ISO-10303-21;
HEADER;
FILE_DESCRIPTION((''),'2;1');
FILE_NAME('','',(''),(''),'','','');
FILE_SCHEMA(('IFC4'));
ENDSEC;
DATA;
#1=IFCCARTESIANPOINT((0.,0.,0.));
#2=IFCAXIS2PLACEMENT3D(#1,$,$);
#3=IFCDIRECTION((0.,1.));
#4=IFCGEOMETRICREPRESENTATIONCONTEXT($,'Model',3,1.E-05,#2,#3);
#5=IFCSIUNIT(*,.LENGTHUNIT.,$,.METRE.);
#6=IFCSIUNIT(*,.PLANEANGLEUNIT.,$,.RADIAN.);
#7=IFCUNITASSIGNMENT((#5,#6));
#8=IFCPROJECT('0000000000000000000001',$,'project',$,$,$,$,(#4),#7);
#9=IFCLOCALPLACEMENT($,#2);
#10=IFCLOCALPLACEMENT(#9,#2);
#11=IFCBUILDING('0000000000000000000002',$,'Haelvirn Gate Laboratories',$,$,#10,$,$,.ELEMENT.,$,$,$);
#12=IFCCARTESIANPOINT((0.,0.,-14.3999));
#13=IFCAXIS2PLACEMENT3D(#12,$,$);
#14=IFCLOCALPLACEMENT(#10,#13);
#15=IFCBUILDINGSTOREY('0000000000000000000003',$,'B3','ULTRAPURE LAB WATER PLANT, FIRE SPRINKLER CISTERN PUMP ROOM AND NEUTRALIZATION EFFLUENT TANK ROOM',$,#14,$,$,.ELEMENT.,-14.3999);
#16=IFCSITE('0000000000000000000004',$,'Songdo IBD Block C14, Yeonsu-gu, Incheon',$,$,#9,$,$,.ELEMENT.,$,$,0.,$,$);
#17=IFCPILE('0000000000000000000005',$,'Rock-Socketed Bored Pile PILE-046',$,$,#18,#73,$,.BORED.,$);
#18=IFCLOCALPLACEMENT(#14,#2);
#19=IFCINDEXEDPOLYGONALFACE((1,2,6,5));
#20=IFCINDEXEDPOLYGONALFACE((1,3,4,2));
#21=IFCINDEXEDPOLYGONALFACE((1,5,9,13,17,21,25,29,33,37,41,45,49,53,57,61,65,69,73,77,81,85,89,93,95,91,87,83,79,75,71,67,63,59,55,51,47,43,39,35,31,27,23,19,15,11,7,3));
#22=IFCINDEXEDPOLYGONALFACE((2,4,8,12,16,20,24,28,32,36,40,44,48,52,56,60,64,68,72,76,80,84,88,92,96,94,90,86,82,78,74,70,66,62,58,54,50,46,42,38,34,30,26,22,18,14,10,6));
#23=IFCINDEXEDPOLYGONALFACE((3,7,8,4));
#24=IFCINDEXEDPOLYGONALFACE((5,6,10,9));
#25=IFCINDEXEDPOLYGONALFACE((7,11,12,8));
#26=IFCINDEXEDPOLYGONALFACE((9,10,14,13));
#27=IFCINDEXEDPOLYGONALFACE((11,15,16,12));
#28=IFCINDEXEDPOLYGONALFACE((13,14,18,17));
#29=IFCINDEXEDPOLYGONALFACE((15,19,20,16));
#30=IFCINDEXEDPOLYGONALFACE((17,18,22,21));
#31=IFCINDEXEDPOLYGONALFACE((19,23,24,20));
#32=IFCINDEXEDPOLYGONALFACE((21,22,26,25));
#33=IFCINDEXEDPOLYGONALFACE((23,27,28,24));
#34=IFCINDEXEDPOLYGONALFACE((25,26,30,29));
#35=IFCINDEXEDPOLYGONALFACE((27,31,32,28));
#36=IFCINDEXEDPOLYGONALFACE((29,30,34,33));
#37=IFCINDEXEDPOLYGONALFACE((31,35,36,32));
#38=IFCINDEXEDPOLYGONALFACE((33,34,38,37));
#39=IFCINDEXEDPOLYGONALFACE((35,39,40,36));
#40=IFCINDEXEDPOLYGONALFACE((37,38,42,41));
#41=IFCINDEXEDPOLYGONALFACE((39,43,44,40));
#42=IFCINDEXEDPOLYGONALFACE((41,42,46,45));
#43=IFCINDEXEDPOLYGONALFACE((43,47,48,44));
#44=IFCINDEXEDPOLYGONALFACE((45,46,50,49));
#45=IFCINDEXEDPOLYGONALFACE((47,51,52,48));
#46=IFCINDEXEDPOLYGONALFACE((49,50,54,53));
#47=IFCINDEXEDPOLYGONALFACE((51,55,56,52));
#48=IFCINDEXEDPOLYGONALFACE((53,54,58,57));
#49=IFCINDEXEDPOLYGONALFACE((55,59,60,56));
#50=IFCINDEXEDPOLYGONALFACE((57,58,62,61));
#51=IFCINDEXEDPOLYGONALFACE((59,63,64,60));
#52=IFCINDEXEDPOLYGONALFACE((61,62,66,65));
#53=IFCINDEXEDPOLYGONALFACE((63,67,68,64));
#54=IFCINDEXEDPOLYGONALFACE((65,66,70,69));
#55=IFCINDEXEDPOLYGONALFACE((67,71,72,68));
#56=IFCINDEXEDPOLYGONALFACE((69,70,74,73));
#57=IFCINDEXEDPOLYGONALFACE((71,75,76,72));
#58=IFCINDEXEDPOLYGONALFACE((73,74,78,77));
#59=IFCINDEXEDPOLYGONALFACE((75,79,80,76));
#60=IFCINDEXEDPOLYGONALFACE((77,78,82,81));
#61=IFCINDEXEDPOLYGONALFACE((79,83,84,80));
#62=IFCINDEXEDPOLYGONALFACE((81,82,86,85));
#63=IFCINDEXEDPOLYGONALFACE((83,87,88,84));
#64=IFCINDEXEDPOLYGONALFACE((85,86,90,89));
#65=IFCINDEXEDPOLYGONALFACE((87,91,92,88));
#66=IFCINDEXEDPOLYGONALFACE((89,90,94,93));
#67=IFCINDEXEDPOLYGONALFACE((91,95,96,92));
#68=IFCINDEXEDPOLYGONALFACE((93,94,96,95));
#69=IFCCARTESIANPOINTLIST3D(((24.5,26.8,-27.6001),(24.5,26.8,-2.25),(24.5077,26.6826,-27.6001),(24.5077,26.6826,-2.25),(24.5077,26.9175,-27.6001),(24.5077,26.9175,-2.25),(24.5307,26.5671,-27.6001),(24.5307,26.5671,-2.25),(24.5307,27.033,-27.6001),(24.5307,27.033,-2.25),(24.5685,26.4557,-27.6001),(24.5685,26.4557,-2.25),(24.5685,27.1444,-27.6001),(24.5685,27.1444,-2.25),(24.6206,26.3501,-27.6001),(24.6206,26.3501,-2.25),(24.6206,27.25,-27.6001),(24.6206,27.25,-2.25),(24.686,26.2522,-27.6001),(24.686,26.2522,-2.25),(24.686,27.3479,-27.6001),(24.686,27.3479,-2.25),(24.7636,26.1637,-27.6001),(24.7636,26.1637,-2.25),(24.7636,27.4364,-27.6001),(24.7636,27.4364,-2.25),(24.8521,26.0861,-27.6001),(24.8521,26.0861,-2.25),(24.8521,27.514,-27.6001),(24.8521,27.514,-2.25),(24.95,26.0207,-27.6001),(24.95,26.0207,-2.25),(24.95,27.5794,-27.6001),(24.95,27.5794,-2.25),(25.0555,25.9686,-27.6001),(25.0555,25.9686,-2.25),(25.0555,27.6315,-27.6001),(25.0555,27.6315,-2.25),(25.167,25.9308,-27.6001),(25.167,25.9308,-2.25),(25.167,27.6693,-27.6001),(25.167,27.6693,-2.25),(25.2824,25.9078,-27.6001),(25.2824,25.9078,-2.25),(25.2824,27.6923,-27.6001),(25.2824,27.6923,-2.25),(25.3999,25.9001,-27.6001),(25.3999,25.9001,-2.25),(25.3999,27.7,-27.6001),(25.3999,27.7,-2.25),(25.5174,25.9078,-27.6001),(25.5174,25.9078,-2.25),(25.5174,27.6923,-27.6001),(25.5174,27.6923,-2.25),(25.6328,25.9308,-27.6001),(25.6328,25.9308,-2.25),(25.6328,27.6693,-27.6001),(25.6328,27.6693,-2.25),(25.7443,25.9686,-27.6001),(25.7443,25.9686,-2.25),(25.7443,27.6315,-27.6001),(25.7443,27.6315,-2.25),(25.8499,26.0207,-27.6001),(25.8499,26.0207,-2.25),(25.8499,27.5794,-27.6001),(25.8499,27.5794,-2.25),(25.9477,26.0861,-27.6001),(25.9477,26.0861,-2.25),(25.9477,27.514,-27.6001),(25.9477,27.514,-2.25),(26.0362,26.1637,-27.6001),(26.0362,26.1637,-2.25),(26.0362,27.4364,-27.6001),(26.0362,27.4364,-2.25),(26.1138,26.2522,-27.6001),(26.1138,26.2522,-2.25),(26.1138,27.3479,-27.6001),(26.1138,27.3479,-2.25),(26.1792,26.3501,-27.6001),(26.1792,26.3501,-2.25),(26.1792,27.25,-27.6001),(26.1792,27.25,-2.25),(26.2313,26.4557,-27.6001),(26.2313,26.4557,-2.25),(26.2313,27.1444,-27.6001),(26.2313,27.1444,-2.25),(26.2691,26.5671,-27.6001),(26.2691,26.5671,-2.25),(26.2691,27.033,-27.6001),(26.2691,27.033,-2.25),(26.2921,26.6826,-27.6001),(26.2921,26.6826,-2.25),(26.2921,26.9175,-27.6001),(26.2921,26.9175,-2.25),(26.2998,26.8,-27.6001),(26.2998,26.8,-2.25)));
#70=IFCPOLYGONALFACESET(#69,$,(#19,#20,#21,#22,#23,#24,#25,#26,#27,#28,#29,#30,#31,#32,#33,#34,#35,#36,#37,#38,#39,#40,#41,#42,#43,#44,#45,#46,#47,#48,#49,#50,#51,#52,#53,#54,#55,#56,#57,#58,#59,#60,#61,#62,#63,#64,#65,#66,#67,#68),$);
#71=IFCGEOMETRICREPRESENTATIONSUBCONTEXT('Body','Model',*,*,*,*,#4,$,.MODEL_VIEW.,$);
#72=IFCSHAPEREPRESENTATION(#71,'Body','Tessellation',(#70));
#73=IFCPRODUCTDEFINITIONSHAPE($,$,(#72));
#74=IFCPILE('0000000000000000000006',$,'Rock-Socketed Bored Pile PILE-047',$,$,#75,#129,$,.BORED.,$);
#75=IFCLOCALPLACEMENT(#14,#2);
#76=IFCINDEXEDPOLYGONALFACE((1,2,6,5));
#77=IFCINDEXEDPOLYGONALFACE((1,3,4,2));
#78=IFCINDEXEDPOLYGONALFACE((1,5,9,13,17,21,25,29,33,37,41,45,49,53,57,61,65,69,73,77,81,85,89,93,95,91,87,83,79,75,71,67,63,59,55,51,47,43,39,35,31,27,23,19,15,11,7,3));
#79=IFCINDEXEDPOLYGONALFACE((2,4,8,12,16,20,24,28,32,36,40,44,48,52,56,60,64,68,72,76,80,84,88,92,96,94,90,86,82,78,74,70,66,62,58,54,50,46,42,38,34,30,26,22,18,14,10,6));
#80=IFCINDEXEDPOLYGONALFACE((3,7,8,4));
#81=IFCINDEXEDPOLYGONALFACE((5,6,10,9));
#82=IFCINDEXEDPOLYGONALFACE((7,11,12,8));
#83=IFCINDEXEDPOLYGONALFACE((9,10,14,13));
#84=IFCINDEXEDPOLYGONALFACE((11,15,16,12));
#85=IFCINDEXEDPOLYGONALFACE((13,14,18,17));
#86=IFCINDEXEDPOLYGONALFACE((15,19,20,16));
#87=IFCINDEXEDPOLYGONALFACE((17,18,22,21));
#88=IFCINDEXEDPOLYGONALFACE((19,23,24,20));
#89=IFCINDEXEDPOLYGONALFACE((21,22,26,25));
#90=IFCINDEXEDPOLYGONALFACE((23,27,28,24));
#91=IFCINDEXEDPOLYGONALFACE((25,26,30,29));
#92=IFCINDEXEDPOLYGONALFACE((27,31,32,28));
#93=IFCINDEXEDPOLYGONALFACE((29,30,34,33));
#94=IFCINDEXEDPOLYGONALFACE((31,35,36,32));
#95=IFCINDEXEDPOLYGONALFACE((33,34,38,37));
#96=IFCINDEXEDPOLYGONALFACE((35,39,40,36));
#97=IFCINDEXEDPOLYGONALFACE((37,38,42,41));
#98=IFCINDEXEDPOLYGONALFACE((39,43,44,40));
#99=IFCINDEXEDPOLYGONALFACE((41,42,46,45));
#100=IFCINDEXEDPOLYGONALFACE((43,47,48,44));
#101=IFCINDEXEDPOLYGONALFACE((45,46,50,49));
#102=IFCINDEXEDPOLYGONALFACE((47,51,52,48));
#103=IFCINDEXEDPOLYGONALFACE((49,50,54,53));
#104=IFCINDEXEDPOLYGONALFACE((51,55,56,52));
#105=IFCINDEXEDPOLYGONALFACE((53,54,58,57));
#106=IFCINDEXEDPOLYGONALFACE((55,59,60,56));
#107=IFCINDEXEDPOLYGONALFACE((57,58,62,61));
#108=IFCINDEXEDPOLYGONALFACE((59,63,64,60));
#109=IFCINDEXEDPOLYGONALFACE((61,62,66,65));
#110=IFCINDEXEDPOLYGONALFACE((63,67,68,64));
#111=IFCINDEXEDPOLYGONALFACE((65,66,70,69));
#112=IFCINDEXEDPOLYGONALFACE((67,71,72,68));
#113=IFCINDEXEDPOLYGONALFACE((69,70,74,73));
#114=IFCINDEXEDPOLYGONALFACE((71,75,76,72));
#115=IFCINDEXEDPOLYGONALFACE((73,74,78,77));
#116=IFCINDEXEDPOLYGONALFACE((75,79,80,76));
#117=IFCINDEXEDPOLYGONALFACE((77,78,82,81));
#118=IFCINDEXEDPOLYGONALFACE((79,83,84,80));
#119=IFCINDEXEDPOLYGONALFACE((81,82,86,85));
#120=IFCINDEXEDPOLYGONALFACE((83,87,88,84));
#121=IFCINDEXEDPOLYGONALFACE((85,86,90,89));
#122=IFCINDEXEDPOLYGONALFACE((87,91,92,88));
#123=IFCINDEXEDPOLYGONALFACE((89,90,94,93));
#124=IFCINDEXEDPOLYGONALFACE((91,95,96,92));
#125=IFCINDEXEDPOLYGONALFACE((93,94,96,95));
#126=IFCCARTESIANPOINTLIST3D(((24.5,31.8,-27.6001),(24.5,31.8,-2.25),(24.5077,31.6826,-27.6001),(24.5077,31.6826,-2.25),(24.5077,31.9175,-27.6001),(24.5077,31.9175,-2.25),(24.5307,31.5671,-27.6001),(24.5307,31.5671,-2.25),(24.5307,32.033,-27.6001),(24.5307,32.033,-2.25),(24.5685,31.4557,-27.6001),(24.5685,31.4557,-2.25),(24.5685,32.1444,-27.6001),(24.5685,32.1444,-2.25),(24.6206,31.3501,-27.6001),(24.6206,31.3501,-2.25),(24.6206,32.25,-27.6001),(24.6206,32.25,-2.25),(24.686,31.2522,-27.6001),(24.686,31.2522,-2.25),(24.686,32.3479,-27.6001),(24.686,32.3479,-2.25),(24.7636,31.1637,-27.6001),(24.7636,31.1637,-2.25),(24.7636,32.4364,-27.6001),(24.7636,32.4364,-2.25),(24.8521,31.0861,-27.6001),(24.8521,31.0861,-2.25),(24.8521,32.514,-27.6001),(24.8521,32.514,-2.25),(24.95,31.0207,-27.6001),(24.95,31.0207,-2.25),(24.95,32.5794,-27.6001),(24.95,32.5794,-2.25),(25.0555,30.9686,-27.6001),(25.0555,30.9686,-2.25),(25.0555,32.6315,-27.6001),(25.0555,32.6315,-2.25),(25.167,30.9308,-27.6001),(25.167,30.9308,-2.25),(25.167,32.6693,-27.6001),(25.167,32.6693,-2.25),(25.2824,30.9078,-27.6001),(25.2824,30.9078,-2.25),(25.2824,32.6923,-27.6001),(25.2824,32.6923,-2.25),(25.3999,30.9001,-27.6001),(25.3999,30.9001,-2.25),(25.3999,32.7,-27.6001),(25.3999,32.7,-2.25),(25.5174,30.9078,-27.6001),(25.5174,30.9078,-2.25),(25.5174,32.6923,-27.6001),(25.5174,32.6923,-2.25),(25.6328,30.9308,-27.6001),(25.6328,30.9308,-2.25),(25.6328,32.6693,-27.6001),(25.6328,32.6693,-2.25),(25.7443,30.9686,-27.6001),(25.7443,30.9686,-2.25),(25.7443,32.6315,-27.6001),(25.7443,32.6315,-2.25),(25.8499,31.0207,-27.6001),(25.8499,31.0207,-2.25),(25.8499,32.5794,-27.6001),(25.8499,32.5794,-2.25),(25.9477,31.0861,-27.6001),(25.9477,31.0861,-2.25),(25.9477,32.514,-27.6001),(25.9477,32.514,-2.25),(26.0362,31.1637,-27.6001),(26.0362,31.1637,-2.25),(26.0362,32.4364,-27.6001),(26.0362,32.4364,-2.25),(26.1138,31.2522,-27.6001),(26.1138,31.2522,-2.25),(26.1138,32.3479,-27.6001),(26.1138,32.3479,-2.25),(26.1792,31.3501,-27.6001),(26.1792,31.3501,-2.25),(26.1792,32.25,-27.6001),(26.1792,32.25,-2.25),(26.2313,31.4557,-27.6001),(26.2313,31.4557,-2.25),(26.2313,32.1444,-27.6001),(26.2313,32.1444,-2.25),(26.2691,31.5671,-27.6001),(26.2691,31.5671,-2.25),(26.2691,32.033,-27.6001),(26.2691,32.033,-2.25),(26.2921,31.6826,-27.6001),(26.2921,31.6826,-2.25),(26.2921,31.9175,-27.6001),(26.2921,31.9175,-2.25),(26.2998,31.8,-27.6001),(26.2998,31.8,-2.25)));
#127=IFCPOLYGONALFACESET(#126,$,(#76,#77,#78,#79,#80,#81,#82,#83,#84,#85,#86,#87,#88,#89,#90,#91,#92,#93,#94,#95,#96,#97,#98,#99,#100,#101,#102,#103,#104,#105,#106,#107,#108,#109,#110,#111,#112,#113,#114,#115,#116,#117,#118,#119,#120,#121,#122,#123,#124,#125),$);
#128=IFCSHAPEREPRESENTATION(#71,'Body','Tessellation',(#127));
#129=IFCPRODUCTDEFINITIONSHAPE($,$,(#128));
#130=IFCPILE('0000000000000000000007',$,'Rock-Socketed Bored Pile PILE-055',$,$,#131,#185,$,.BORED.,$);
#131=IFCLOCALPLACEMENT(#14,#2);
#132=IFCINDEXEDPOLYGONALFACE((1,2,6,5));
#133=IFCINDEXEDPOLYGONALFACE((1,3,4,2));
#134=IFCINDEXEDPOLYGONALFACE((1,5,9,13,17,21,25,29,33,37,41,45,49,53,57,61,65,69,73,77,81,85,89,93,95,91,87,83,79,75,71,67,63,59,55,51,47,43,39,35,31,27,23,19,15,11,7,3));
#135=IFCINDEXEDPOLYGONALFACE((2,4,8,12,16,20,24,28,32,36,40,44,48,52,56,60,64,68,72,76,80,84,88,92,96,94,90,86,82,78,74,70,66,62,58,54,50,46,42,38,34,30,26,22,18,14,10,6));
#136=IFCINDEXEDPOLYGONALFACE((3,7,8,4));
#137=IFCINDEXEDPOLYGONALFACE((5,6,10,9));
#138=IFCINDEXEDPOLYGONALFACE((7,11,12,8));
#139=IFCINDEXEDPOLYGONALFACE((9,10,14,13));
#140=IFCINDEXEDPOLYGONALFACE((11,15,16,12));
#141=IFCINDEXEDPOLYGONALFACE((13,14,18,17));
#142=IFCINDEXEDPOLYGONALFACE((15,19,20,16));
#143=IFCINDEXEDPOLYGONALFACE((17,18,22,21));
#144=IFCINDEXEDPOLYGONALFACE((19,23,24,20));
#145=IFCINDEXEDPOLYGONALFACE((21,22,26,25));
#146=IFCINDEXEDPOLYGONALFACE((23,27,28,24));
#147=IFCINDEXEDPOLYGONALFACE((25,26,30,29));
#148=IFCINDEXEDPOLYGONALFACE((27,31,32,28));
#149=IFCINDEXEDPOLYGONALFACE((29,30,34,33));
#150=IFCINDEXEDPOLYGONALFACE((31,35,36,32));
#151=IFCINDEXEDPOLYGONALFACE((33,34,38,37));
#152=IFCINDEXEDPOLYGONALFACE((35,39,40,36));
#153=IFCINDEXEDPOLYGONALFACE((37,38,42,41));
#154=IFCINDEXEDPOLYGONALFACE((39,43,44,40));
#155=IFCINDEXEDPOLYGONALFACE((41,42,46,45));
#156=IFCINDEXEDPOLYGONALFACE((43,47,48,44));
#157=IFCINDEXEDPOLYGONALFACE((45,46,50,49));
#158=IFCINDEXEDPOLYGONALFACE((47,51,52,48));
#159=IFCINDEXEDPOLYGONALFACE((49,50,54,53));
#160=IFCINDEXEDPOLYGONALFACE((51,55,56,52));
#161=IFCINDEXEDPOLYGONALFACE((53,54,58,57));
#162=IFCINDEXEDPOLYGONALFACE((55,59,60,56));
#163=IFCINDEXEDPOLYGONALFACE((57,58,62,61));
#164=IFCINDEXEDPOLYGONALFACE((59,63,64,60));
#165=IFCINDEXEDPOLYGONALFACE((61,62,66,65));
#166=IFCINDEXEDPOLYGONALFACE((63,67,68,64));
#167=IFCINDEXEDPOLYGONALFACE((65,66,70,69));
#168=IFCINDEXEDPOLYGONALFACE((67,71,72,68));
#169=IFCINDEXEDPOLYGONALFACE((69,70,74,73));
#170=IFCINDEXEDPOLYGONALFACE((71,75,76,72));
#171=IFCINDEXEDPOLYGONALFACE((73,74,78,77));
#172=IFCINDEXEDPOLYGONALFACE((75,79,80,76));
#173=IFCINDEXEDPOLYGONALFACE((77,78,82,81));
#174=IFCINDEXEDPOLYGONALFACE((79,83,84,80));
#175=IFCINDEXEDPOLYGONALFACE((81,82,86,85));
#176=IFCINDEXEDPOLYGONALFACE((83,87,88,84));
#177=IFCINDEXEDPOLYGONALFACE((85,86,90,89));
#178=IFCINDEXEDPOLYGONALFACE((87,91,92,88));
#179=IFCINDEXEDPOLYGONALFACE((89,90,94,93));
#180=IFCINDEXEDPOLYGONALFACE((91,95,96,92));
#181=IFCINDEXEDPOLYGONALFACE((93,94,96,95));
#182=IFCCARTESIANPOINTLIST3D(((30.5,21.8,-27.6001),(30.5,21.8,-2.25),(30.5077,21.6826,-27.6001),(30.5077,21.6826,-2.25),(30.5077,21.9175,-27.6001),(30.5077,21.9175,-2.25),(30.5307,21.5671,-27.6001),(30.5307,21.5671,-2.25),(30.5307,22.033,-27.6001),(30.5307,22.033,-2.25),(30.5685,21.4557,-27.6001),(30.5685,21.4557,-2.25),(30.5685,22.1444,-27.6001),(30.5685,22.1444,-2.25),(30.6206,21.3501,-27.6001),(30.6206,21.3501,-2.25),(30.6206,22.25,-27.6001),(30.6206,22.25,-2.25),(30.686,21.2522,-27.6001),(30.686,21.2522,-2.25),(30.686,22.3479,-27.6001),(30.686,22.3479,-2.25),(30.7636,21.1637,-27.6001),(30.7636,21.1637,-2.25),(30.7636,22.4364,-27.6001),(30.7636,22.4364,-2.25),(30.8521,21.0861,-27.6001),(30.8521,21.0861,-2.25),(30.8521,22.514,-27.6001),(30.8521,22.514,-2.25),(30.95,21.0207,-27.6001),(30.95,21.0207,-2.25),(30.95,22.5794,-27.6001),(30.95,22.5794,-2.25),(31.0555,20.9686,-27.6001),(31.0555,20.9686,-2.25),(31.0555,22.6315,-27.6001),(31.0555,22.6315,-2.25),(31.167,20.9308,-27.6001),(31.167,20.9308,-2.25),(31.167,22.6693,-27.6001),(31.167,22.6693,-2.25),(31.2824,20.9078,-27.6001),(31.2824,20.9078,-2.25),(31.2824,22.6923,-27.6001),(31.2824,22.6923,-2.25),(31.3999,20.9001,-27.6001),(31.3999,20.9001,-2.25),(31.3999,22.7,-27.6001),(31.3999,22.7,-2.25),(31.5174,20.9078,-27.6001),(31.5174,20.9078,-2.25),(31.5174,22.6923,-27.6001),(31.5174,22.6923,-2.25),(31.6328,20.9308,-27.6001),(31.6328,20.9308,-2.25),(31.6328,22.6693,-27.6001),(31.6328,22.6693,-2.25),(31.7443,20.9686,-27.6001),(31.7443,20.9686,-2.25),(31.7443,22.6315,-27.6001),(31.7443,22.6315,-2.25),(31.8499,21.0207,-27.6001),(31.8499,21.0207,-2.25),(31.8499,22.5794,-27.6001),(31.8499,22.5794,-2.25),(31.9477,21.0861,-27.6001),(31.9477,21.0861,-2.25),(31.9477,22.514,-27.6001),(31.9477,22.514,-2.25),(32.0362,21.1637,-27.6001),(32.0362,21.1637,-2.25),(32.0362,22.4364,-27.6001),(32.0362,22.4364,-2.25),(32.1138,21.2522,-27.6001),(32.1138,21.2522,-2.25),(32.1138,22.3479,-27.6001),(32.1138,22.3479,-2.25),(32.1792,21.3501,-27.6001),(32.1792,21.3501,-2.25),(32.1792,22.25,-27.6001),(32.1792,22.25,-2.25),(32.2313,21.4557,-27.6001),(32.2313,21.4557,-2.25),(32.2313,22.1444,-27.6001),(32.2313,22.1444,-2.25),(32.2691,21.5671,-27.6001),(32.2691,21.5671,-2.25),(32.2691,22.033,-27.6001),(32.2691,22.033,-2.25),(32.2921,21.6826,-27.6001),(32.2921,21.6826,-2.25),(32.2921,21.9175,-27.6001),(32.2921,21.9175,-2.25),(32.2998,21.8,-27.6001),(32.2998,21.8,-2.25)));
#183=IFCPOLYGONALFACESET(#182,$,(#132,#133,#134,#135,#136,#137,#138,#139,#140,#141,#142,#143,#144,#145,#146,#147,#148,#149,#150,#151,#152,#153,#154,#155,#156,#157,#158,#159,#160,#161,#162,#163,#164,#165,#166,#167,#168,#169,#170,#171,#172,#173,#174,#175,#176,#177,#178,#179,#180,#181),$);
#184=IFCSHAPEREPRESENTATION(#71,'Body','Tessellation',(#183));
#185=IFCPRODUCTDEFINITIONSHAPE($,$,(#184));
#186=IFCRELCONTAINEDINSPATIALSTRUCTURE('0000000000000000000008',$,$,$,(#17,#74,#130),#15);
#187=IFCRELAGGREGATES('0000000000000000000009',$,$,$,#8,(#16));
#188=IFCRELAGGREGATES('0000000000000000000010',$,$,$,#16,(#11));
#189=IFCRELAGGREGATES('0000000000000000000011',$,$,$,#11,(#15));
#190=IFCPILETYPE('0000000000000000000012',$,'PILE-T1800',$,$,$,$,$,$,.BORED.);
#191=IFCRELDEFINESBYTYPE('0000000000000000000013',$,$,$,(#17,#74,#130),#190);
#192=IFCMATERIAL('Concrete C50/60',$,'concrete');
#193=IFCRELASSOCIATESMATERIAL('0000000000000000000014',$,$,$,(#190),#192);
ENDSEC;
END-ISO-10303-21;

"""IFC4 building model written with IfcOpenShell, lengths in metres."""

from ifc_helpers import new_model, si_unit, direction, frame, origin, origin_2d, place, context, subcontext, project, spatial, circle, extrude, source, transform, mapped, material, material_profile, profile_set, type_object, element, save


model = new_model("IFC4")

# Units and contexts
model_context = context("Model", 3, precision=1e-05, world=origin(), true_north=direction((0.0, 1.0)))
body_context = subcontext(model_context, "Body", "Model", "MODEL_VIEW")
ifc_project = project(units=[si_unit("LENGTHUNIT", "METRE"), si_unit("PLANEANGLEUNIT", "RADIAN")], contexts=[model_context])

# Site, building, storey
site_placement = place(None, origin())
site = spatial("IfcSite", under=ifc_project, at=site_placement, Name="Songdo IBD Block C14, Yeonsu-gu, Incheon", CompositionType="ELEMENT", RefElevation=0.0)
building_placement = place(site_placement, origin())
building = spatial("IfcBuilding", under=site, at=building_placement, Name="Haelvirn Gate Laboratories", CompositionType="ELEMENT")
storey_placement = place(building_placement, frame((0.0, 0.0, -14.3999)))
storey = spatial("IfcBuildingStorey", under=building, at=storey_placement, Name="B3", Description="ULTRAPURE LAB WATER PLANT, FIRE SPRINKLER CISTERN PUMP ROOM AND NEUTRALIZATION EFFLUENT TANK ROOM", CompositionType="ELEMENT", Elevation=-14.3999)

# Piles
ifc_material_1 = material(Name="Concrete C50/60", Category="concrete")
ifc_material_profile_1 = material_profile(ifc_material_1, circle(Radius=0.8999, at=origin_2d()), Name="PILE-D1800")
ifc_profile_set_1 = profile_set([ifc_material_profile_1], Name="Concrete C50/60")
pile_type_1 = type_object("IfcPileType", Name="PILE-T1800", PredefinedType="BORED", material=ifc_profile_set_1)
shared_shape_1 = source(origin(), body_context, "Body", "SweptSolid", [
    extrude(circle(Radius=0.8999, at=origin_2d()), origin(), (0.0, 0.0, 1.0), 25.3501),
])
for number, where, z_axis, x_axis, name in (
    (1, (25.3999, 26.8, -2.25), (0.0, 0.0, -1.0), (1.0, 0.0, 0.0), "Rock-Socketed Bored Pile PILE-046"),
    (2, (25.3999, 31.8, -2.25), (0.0, 0.0, -1.0), (1.0, 0.0, 0.0), "Rock-Socketed Bored Pile PILE-047"),
    (3, (31.3999, 21.8, -2.25), (0.0, 0.0, -1.0), (1.0, 0.0, 0.0), "Rock-Socketed Bored Pile PILE-055"),
):
    element("IfcPile", number, at=place(storey_placement, frame(where, z_axis=z_axis, x_axis=x_axis)), inside=storey, type_object=pile_type_1, Name=name, PredefinedType="BORED", context=body_context, shape_type="MappedRepresentation", body=[
        mapped(shared_shape_1, transform((0.0, 0.0, 0.0), scale=1.0)),
    ])

save(model, "model.ifc")
